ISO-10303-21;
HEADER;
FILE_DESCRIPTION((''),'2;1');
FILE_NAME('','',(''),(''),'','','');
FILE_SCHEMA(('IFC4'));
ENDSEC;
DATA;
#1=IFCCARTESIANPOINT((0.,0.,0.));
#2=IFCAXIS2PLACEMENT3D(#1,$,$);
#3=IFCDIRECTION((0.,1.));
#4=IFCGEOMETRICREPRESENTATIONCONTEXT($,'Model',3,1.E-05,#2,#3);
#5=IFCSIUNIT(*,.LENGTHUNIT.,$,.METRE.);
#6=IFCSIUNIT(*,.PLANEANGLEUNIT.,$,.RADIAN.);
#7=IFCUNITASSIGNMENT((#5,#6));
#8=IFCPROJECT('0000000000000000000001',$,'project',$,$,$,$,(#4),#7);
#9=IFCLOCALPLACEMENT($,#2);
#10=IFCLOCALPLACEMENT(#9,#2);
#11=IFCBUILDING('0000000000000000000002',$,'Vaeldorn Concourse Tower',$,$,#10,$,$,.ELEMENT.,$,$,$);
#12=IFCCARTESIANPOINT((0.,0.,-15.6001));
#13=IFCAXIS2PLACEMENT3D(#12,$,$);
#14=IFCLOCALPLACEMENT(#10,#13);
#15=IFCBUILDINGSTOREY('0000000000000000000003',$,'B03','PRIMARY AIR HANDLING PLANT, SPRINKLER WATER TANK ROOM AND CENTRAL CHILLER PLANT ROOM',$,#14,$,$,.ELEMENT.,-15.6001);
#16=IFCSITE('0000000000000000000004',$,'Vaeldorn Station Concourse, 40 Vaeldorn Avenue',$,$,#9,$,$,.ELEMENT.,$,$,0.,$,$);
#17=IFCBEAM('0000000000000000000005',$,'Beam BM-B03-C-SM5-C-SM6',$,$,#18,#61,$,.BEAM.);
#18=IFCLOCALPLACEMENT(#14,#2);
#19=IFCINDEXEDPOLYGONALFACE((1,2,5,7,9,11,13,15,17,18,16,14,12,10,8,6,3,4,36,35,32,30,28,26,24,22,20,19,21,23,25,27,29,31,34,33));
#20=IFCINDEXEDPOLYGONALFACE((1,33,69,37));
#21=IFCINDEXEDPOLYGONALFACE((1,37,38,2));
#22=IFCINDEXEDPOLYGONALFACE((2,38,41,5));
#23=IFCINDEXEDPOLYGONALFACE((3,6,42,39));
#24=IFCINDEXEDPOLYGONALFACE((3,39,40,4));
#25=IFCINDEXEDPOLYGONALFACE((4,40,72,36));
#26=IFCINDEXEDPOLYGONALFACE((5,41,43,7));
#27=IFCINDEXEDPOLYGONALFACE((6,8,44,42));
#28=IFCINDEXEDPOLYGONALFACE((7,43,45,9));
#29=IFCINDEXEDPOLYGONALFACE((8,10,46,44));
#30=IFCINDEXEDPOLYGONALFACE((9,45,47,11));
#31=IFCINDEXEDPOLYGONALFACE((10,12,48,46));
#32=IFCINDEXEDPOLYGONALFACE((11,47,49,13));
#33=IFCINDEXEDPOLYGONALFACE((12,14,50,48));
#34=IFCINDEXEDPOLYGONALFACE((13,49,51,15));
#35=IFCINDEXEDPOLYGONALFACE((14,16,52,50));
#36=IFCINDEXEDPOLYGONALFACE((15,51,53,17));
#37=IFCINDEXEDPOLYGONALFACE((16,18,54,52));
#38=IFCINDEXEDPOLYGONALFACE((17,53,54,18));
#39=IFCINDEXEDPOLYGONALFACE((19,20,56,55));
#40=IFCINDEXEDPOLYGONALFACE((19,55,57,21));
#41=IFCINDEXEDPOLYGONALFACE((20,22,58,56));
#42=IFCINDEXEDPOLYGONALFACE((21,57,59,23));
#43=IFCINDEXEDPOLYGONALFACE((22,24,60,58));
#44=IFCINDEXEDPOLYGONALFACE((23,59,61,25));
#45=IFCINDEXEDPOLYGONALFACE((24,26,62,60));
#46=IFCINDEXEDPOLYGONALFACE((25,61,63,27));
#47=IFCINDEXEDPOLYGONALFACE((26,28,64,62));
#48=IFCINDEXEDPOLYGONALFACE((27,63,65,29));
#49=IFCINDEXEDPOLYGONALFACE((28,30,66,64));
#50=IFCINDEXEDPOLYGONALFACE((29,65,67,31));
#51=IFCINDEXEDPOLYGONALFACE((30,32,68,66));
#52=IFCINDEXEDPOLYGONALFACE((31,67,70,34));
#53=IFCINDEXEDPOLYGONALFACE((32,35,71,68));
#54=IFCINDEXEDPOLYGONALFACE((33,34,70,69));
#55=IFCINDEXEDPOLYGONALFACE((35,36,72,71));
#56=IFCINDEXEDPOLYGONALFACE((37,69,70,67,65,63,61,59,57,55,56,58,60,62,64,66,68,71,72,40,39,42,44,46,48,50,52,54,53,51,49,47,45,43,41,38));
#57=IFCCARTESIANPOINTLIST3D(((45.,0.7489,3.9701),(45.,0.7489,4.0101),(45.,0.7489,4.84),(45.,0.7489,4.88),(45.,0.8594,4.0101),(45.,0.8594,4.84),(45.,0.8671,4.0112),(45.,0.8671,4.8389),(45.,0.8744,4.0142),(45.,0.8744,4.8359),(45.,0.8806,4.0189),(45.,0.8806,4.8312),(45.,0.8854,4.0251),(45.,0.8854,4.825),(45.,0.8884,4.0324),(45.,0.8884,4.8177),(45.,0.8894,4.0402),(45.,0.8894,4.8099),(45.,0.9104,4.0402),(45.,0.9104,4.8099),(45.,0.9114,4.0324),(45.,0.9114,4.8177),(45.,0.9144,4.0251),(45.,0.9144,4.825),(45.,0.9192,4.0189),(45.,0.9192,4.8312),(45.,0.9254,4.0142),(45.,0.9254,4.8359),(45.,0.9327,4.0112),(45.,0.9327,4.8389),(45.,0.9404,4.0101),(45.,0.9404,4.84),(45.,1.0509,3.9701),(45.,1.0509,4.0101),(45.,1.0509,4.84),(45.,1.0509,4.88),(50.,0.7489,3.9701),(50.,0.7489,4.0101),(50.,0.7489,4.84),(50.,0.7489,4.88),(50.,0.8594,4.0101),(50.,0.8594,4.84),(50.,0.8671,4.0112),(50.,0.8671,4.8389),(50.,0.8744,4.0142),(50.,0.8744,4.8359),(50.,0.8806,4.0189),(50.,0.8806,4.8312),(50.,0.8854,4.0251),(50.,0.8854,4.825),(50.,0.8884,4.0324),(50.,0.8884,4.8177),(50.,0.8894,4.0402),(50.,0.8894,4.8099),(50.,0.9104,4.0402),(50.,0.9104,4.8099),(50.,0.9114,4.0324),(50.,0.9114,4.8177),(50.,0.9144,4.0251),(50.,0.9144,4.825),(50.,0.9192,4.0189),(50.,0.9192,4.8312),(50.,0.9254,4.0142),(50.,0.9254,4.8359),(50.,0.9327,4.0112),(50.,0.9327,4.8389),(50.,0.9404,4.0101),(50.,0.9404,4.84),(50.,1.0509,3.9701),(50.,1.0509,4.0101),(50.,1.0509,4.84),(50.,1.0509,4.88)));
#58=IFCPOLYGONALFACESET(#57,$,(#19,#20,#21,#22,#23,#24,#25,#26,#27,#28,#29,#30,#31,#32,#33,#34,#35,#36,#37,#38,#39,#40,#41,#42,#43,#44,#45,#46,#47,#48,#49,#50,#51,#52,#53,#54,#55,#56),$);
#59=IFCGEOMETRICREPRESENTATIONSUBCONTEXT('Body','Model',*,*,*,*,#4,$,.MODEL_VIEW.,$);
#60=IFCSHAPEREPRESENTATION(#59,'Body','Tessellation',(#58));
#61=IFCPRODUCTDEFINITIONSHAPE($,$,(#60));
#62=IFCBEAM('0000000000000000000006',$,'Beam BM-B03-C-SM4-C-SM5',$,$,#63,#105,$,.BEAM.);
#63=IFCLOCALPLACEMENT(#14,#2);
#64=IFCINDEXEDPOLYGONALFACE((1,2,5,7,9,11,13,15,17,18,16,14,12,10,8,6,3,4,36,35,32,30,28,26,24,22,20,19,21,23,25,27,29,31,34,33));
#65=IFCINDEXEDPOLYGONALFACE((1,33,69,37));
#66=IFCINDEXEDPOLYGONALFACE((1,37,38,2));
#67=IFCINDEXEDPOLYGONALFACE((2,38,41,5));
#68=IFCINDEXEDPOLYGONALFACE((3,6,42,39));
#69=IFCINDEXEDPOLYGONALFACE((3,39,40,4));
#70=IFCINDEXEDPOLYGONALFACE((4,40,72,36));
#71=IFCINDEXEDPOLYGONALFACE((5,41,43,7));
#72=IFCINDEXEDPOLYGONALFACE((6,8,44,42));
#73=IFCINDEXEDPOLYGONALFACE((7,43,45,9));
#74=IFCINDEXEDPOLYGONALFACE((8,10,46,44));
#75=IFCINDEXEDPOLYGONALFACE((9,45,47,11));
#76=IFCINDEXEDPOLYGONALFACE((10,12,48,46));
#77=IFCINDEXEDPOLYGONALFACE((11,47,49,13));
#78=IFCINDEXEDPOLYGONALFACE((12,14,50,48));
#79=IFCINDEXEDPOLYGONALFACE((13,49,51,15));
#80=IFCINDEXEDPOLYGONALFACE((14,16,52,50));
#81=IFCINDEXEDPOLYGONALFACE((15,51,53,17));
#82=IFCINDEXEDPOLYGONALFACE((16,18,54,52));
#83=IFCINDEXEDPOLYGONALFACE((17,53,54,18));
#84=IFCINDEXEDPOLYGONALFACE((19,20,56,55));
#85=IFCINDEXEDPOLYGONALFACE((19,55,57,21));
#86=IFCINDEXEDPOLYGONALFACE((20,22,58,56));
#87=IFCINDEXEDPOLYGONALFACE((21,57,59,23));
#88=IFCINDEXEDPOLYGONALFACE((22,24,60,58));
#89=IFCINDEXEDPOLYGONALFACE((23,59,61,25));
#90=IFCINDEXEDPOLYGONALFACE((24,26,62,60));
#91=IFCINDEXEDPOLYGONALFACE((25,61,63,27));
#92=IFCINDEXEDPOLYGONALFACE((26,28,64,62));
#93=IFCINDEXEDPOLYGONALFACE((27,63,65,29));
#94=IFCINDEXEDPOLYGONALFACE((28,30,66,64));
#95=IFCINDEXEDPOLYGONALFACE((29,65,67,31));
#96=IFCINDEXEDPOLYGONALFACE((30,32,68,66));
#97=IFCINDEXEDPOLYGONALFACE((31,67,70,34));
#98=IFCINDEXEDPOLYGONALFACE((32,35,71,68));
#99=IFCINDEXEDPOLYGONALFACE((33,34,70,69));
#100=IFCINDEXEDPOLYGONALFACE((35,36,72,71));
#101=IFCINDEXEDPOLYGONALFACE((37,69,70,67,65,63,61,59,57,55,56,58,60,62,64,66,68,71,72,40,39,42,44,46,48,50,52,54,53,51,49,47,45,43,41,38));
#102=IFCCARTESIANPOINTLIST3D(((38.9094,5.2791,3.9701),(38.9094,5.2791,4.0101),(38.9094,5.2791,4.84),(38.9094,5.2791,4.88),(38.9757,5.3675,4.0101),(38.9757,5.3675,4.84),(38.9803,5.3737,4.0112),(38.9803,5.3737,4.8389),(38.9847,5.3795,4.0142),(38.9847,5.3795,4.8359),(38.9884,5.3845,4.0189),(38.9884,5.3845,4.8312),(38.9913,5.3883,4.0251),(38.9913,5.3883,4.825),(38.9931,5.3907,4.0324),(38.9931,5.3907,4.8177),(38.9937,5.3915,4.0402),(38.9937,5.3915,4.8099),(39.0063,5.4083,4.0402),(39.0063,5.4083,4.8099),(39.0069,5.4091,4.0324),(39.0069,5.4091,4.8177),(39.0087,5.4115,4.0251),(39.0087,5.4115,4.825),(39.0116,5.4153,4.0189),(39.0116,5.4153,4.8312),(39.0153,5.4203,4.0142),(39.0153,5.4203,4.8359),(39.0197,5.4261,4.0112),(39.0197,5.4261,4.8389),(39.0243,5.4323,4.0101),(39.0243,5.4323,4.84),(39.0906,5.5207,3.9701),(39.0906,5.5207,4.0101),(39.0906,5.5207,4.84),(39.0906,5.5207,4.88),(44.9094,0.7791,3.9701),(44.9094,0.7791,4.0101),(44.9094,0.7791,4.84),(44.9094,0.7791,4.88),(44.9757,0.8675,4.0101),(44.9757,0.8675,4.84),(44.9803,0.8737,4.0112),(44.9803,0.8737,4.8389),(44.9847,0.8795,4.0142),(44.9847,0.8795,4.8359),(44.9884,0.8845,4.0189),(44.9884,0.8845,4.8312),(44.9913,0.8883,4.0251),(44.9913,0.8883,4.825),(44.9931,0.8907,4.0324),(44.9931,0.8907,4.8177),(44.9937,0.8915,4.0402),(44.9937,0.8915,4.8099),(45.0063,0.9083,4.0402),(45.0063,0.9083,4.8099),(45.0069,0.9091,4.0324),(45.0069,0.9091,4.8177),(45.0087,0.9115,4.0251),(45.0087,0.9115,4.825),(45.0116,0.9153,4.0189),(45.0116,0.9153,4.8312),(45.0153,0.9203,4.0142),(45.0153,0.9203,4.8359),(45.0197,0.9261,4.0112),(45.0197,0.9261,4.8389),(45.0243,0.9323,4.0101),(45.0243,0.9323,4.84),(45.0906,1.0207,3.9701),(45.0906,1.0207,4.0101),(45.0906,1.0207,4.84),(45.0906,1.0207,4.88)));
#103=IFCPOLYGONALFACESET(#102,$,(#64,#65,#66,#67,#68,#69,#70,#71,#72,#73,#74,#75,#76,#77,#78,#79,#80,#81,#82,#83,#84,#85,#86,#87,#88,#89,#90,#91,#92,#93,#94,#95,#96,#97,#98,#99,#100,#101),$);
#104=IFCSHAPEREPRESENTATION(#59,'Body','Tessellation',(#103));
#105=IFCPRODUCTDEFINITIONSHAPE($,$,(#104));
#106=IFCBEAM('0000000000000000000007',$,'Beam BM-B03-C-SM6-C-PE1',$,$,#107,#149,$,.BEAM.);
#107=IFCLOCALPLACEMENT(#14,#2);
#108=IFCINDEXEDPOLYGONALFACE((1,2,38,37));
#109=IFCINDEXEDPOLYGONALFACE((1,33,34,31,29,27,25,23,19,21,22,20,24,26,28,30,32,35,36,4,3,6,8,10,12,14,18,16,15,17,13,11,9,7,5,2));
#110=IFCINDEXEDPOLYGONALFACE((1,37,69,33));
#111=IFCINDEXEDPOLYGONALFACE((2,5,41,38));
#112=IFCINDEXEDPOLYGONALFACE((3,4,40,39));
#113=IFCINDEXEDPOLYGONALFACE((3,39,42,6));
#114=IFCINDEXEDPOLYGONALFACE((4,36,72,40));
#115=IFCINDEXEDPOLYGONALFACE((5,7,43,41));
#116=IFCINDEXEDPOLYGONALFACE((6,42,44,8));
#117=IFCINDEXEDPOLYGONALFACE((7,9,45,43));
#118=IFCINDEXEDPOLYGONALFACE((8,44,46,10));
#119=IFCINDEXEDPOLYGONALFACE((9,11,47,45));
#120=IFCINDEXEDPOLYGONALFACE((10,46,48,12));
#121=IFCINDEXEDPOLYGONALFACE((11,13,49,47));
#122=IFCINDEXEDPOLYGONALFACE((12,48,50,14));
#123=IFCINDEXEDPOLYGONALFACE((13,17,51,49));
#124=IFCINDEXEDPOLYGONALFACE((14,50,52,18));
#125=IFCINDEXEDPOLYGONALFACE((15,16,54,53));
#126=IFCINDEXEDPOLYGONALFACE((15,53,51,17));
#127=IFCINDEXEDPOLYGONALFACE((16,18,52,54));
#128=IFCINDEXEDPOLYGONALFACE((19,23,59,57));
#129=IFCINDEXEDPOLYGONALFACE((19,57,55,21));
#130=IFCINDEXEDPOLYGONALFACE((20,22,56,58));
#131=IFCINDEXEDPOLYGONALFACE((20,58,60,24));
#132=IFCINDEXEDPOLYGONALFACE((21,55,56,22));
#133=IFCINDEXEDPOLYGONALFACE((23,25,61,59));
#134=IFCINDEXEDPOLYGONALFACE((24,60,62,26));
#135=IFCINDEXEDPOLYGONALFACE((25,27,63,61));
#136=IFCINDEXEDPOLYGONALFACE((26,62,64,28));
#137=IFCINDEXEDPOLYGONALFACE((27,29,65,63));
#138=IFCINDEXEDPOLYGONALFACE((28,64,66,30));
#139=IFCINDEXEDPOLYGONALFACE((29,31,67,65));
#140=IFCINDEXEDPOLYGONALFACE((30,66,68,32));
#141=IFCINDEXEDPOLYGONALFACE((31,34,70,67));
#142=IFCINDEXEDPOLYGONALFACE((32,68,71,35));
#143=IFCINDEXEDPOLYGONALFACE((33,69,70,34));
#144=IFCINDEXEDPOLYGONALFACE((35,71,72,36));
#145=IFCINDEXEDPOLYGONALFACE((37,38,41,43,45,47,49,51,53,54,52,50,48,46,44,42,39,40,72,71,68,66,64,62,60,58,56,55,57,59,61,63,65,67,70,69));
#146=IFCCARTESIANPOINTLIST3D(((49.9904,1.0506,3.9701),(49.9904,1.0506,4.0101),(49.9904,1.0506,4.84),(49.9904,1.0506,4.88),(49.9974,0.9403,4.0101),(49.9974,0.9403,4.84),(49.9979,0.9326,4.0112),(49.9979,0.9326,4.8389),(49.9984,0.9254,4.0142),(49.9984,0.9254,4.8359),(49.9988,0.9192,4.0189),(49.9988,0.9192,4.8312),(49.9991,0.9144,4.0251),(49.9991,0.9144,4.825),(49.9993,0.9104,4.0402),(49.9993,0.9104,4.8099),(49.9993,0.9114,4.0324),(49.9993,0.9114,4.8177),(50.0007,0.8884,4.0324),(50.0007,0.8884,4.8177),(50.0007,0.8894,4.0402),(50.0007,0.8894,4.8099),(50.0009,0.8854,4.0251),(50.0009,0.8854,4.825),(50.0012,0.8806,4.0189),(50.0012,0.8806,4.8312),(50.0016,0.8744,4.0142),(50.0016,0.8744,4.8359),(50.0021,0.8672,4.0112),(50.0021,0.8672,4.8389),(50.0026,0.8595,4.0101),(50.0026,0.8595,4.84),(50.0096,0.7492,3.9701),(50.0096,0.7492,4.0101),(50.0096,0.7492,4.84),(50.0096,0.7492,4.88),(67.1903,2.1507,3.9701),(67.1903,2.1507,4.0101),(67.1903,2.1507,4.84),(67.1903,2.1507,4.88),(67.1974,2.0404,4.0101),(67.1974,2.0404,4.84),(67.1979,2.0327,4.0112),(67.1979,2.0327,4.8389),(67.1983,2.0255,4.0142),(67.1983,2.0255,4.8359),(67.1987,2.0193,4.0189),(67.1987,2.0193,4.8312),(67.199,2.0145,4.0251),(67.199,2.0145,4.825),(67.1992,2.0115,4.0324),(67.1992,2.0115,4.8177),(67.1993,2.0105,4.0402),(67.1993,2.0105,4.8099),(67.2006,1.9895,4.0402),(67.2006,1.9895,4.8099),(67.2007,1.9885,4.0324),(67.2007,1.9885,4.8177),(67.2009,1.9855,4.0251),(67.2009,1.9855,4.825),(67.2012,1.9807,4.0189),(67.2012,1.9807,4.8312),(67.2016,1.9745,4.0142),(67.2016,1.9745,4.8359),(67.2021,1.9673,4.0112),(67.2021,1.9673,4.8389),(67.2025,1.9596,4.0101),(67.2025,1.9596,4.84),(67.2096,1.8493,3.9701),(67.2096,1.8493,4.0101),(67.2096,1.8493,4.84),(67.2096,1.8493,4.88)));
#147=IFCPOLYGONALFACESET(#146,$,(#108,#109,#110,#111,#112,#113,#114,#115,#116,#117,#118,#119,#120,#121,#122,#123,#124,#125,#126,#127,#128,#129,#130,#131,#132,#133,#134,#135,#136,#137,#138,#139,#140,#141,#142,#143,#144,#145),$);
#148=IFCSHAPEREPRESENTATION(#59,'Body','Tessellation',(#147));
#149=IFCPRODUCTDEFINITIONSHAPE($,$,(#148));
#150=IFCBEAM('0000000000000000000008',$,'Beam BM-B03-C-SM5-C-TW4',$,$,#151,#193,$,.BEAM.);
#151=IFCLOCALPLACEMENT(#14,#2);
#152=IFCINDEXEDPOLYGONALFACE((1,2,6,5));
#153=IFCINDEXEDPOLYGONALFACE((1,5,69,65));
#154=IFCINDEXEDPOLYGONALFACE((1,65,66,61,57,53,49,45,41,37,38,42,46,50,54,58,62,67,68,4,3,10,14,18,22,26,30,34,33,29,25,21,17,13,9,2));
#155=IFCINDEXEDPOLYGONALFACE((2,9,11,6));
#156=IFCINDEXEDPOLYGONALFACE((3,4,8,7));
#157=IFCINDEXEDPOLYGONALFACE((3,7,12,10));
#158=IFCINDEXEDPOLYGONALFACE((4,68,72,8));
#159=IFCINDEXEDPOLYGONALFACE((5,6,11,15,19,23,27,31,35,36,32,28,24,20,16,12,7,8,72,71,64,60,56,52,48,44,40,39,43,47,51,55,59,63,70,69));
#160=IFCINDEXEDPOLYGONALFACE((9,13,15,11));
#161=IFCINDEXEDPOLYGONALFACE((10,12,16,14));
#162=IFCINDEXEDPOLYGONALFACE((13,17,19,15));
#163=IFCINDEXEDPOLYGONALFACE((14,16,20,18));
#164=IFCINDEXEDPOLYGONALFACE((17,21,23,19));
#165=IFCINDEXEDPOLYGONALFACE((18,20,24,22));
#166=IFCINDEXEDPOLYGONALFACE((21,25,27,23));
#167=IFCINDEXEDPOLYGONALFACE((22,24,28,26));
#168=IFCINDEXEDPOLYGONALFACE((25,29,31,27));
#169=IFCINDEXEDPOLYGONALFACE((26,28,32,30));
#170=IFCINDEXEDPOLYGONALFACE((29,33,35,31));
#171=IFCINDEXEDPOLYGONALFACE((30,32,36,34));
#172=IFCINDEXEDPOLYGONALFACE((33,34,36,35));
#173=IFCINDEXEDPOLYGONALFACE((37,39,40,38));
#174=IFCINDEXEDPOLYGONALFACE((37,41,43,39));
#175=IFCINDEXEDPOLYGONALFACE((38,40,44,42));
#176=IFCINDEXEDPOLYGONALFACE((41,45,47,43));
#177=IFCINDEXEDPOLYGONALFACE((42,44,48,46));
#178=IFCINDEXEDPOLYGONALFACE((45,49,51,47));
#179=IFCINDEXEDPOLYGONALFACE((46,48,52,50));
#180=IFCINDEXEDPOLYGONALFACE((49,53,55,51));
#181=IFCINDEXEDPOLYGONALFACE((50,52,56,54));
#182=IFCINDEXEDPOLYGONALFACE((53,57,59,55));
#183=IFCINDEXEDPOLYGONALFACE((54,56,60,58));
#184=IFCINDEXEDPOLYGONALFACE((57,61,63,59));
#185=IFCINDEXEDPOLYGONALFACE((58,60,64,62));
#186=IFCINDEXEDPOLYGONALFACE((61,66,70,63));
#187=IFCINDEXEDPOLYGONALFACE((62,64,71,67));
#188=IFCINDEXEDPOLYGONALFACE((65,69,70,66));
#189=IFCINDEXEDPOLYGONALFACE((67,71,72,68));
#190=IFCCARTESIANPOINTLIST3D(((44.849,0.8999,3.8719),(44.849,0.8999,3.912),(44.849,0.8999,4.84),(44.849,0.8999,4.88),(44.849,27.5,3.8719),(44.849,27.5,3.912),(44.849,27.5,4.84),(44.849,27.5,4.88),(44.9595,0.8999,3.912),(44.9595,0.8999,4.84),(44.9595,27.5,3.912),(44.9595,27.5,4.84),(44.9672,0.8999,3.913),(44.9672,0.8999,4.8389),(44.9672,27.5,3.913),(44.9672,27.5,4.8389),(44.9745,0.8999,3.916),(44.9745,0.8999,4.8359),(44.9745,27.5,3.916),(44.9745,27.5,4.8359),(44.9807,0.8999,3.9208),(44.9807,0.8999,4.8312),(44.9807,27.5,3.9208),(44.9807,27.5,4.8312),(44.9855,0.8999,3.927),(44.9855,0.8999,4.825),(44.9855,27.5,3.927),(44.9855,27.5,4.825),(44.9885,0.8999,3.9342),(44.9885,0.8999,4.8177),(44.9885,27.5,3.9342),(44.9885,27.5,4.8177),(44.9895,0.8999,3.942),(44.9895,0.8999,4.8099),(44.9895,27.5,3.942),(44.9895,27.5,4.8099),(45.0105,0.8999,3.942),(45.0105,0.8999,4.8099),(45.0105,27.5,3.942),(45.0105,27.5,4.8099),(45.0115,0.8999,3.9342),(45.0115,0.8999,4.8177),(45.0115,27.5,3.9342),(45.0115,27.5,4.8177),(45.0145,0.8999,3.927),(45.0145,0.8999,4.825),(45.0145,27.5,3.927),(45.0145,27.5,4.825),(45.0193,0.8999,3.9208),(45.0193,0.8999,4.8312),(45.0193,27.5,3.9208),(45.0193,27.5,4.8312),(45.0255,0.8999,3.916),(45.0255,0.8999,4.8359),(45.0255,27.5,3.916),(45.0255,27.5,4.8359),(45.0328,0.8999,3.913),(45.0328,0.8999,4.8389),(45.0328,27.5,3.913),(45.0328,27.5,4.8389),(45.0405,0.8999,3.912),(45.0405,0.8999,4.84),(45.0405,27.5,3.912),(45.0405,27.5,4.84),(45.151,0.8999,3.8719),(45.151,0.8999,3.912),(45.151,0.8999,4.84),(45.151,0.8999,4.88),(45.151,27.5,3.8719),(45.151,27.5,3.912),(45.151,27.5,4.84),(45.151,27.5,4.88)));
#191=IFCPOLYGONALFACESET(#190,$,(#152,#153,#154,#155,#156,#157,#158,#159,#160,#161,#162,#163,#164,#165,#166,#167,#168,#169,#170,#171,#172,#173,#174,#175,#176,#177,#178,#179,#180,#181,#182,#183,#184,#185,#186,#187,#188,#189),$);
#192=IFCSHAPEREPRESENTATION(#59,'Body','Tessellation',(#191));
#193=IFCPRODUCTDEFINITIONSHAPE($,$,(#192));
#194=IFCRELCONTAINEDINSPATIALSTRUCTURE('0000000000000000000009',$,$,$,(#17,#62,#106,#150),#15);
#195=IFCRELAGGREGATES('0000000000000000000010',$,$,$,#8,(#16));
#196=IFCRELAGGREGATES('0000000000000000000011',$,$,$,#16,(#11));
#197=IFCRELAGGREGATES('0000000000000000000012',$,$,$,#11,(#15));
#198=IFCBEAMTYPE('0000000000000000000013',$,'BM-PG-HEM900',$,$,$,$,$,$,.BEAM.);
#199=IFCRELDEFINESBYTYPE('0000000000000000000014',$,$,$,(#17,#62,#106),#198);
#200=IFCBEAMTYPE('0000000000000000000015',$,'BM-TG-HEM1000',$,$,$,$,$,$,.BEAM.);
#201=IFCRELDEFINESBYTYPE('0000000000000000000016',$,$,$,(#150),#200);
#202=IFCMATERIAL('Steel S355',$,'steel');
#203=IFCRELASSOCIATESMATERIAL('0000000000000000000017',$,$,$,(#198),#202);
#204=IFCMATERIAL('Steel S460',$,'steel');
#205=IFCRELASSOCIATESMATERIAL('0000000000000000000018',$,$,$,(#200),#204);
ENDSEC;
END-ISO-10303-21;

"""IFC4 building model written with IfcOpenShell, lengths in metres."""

from ifc_helpers import new_model, si_unit, direction, frame, origin, origin_2d, place, context, subcontext, project, spatial, i_section, extrude, source, transform, mapped, material, material_profile, profile_set, type_object, element, save


model = new_model("IFC4")

# Units and contexts
model_context = context("Model", 3, precision=1e-05, world=origin(), true_north=direction((0.0, 1.0)))
body_context = subcontext(model_context, "Body", "Model", "MODEL_VIEW")
ifc_project = project(units=[si_unit("LENGTHUNIT", "METRE"), si_unit("PLANEANGLEUNIT", "RADIAN")], contexts=[model_context])

# Site, building, storey
site_placement = place(None, origin())
site = spatial("IfcSite", under=ifc_project, at=site_placement, Name="Vaeldorn Station Concourse, 40 Vaeldorn Avenue", CompositionType="ELEMENT", RefElevation=0.0)
building_placement = place(site_placement, origin())
building = spatial("IfcBuilding", under=site, at=building_placement, Name="Vaeldorn Concourse Tower", CompositionType="ELEMENT")
storey_placement = place(building_placement, frame((0.0, 0.0, -15.6001)))
storey = spatial("IfcBuildingStorey", under=building, at=storey_placement, Name="B03", Description="PRIMARY AIR HANDLING PLANT, SPRINKLER WATER TANK ROOM AND CENTRAL CHILLER PLANT ROOM", CompositionType="ELEMENT", Elevation=-15.6001)

# Shared definitions
ifc_material_1 = material(Name="Steel S460", Category="steel")

# Beams
ifc_material_2 = material(Name="Steel S355", Category="steel")
ifc_material_profile_1 = material_profile(ifc_material_2, i_section(OverallWidth=0.302, OverallDepth=0.9099, WebThickness=0.021, FlangeThickness=0.04, FilletRadius=0.03, at=origin_2d()), Name="HEM 900")
ifc_profile_set_1 = profile_set([ifc_material_profile_1], Name="Steel S355")
beam_type_1 = type_object("IfcBeamType", Name="BM-PG-HEM900", PredefinedType="BEAM", material=ifc_profile_set_1)
shared_shape_1 = source(origin(), body_context, "Body", "SweptSolid", [
    extrude(i_section(OverallWidth=0.302, OverallDepth=0.9099, WebThickness=0.021, FlangeThickness=0.04, FilletRadius=0.03, at=origin_2d()), origin(), (0.0, 0.0, 1.0), 5.0),
])
beam_1_placement = place(storey_placement, frame((45.0, 0.8999, 4.425), z_axis=(1.0, 0.0, 0.0), x_axis=(0.0, 1.0, 0.0)))
element("IfcBeam", 1, at=beam_1_placement, inside=storey, type_object=beam_type_1, Name="Beam BM-B03-C-SM5-C-SM6", PredefinedType="BEAM", context=body_context, shape_type="MappedRepresentation", body=[
    mapped(shared_shape_1, transform((0.0, 0.0, 0.0), scale=1.0)),
])
shared_shape_2 = source(origin(), body_context, "Body", "SweptSolid", [
    extrude(i_section(OverallWidth=0.302, OverallDepth=0.9099, WebThickness=0.021, FlangeThickness=0.04, FilletRadius=0.03, at=origin_2d()), origin(), (0.0, 0.0, 1.0), 7.5),
])
beam_2_placement = place(storey_placement, frame((39.0, 5.3999, 4.425), z_axis=(0.8, -0.6, 0.0), x_axis=(0.6, 0.8, 0.0)))
element("IfcBeam", 2, at=beam_2_placement, inside=storey, type_object=beam_type_1, Name="Beam BM-B03-C-SM4-C-SM5", PredefinedType="BEAM", context=body_context, shape_type="MappedRepresentation", body=[
    mapped(shared_shape_2, transform((0.0, 0.0, 0.0), scale=1.0)),
])
shared_shape_3 = source(origin(), body_context, "Body", "SweptSolid", [
    extrude(i_section(OverallWidth=0.302, OverallDepth=0.9099, WebThickness=0.021, FlangeThickness=0.04, FilletRadius=0.03, at=origin_2d()), origin(), (0.0, 0.0, 1.0), 17.2351),
])
beam_3_placement = place(storey_placement, frame((50.0, 0.8999, 4.425), z_axis=(0.997961, 0.063829, 0.0), x_axis=(-0.063829, 0.997961, 0.0)))
element("IfcBeam", 3, at=beam_3_placement, inside=storey, type_object=beam_type_1, Name="Beam BM-B03-C-SM6-C-PE1", PredefinedType="BEAM", context=body_context, shape_type="MappedRepresentation", body=[
    mapped(shared_shape_3, transform((0.0, 0.0, 0.0), scale=1.0)),
])
ifc_material_profile_2 = material_profile(ifc_material_1, i_section(OverallWidth=0.302, OverallDepth=1.0081, WebThickness=0.021, FlangeThickness=0.04, FilletRadius=0.03, at=origin_2d()), Name="HEM 1000")
ifc_profile_set_2 = profile_set([ifc_material_profile_2], Name="Steel S460")
beam_type_2 = type_object("IfcBeamType", Name="BM-TG-HEM1000", PredefinedType="BEAM", material=ifc_profile_set_2)
shared_shape_4 = source(origin(), body_context, "Body", "SweptSolid", [
    extrude(i_section(OverallWidth=0.302, OverallDepth=1.0081, WebThickness=0.021, FlangeThickness=0.04, FilletRadius=0.03, at=origin_2d()), origin(), (0.0, 0.0, 1.0), 26.6001),
])
beam_4_placement = place(storey_placement, frame((45.0, 0.8999, 4.376), z_axis=(0.0, 1.0, 0.0), x_axis=(-1.0, 0.0, 0.0)))
element("IfcBeam", 4, at=beam_4_placement, inside=storey, type_object=beam_type_2, Name="Beam BM-B03-C-SM5-C-TW4", PredefinedType="BEAM", context=body_context, shape_type="MappedRepresentation", body=[
    mapped(shared_shape_4, transform((0.0, 0.0, 0.0), scale=1.0)),
])

save(model, "model.ifc")
